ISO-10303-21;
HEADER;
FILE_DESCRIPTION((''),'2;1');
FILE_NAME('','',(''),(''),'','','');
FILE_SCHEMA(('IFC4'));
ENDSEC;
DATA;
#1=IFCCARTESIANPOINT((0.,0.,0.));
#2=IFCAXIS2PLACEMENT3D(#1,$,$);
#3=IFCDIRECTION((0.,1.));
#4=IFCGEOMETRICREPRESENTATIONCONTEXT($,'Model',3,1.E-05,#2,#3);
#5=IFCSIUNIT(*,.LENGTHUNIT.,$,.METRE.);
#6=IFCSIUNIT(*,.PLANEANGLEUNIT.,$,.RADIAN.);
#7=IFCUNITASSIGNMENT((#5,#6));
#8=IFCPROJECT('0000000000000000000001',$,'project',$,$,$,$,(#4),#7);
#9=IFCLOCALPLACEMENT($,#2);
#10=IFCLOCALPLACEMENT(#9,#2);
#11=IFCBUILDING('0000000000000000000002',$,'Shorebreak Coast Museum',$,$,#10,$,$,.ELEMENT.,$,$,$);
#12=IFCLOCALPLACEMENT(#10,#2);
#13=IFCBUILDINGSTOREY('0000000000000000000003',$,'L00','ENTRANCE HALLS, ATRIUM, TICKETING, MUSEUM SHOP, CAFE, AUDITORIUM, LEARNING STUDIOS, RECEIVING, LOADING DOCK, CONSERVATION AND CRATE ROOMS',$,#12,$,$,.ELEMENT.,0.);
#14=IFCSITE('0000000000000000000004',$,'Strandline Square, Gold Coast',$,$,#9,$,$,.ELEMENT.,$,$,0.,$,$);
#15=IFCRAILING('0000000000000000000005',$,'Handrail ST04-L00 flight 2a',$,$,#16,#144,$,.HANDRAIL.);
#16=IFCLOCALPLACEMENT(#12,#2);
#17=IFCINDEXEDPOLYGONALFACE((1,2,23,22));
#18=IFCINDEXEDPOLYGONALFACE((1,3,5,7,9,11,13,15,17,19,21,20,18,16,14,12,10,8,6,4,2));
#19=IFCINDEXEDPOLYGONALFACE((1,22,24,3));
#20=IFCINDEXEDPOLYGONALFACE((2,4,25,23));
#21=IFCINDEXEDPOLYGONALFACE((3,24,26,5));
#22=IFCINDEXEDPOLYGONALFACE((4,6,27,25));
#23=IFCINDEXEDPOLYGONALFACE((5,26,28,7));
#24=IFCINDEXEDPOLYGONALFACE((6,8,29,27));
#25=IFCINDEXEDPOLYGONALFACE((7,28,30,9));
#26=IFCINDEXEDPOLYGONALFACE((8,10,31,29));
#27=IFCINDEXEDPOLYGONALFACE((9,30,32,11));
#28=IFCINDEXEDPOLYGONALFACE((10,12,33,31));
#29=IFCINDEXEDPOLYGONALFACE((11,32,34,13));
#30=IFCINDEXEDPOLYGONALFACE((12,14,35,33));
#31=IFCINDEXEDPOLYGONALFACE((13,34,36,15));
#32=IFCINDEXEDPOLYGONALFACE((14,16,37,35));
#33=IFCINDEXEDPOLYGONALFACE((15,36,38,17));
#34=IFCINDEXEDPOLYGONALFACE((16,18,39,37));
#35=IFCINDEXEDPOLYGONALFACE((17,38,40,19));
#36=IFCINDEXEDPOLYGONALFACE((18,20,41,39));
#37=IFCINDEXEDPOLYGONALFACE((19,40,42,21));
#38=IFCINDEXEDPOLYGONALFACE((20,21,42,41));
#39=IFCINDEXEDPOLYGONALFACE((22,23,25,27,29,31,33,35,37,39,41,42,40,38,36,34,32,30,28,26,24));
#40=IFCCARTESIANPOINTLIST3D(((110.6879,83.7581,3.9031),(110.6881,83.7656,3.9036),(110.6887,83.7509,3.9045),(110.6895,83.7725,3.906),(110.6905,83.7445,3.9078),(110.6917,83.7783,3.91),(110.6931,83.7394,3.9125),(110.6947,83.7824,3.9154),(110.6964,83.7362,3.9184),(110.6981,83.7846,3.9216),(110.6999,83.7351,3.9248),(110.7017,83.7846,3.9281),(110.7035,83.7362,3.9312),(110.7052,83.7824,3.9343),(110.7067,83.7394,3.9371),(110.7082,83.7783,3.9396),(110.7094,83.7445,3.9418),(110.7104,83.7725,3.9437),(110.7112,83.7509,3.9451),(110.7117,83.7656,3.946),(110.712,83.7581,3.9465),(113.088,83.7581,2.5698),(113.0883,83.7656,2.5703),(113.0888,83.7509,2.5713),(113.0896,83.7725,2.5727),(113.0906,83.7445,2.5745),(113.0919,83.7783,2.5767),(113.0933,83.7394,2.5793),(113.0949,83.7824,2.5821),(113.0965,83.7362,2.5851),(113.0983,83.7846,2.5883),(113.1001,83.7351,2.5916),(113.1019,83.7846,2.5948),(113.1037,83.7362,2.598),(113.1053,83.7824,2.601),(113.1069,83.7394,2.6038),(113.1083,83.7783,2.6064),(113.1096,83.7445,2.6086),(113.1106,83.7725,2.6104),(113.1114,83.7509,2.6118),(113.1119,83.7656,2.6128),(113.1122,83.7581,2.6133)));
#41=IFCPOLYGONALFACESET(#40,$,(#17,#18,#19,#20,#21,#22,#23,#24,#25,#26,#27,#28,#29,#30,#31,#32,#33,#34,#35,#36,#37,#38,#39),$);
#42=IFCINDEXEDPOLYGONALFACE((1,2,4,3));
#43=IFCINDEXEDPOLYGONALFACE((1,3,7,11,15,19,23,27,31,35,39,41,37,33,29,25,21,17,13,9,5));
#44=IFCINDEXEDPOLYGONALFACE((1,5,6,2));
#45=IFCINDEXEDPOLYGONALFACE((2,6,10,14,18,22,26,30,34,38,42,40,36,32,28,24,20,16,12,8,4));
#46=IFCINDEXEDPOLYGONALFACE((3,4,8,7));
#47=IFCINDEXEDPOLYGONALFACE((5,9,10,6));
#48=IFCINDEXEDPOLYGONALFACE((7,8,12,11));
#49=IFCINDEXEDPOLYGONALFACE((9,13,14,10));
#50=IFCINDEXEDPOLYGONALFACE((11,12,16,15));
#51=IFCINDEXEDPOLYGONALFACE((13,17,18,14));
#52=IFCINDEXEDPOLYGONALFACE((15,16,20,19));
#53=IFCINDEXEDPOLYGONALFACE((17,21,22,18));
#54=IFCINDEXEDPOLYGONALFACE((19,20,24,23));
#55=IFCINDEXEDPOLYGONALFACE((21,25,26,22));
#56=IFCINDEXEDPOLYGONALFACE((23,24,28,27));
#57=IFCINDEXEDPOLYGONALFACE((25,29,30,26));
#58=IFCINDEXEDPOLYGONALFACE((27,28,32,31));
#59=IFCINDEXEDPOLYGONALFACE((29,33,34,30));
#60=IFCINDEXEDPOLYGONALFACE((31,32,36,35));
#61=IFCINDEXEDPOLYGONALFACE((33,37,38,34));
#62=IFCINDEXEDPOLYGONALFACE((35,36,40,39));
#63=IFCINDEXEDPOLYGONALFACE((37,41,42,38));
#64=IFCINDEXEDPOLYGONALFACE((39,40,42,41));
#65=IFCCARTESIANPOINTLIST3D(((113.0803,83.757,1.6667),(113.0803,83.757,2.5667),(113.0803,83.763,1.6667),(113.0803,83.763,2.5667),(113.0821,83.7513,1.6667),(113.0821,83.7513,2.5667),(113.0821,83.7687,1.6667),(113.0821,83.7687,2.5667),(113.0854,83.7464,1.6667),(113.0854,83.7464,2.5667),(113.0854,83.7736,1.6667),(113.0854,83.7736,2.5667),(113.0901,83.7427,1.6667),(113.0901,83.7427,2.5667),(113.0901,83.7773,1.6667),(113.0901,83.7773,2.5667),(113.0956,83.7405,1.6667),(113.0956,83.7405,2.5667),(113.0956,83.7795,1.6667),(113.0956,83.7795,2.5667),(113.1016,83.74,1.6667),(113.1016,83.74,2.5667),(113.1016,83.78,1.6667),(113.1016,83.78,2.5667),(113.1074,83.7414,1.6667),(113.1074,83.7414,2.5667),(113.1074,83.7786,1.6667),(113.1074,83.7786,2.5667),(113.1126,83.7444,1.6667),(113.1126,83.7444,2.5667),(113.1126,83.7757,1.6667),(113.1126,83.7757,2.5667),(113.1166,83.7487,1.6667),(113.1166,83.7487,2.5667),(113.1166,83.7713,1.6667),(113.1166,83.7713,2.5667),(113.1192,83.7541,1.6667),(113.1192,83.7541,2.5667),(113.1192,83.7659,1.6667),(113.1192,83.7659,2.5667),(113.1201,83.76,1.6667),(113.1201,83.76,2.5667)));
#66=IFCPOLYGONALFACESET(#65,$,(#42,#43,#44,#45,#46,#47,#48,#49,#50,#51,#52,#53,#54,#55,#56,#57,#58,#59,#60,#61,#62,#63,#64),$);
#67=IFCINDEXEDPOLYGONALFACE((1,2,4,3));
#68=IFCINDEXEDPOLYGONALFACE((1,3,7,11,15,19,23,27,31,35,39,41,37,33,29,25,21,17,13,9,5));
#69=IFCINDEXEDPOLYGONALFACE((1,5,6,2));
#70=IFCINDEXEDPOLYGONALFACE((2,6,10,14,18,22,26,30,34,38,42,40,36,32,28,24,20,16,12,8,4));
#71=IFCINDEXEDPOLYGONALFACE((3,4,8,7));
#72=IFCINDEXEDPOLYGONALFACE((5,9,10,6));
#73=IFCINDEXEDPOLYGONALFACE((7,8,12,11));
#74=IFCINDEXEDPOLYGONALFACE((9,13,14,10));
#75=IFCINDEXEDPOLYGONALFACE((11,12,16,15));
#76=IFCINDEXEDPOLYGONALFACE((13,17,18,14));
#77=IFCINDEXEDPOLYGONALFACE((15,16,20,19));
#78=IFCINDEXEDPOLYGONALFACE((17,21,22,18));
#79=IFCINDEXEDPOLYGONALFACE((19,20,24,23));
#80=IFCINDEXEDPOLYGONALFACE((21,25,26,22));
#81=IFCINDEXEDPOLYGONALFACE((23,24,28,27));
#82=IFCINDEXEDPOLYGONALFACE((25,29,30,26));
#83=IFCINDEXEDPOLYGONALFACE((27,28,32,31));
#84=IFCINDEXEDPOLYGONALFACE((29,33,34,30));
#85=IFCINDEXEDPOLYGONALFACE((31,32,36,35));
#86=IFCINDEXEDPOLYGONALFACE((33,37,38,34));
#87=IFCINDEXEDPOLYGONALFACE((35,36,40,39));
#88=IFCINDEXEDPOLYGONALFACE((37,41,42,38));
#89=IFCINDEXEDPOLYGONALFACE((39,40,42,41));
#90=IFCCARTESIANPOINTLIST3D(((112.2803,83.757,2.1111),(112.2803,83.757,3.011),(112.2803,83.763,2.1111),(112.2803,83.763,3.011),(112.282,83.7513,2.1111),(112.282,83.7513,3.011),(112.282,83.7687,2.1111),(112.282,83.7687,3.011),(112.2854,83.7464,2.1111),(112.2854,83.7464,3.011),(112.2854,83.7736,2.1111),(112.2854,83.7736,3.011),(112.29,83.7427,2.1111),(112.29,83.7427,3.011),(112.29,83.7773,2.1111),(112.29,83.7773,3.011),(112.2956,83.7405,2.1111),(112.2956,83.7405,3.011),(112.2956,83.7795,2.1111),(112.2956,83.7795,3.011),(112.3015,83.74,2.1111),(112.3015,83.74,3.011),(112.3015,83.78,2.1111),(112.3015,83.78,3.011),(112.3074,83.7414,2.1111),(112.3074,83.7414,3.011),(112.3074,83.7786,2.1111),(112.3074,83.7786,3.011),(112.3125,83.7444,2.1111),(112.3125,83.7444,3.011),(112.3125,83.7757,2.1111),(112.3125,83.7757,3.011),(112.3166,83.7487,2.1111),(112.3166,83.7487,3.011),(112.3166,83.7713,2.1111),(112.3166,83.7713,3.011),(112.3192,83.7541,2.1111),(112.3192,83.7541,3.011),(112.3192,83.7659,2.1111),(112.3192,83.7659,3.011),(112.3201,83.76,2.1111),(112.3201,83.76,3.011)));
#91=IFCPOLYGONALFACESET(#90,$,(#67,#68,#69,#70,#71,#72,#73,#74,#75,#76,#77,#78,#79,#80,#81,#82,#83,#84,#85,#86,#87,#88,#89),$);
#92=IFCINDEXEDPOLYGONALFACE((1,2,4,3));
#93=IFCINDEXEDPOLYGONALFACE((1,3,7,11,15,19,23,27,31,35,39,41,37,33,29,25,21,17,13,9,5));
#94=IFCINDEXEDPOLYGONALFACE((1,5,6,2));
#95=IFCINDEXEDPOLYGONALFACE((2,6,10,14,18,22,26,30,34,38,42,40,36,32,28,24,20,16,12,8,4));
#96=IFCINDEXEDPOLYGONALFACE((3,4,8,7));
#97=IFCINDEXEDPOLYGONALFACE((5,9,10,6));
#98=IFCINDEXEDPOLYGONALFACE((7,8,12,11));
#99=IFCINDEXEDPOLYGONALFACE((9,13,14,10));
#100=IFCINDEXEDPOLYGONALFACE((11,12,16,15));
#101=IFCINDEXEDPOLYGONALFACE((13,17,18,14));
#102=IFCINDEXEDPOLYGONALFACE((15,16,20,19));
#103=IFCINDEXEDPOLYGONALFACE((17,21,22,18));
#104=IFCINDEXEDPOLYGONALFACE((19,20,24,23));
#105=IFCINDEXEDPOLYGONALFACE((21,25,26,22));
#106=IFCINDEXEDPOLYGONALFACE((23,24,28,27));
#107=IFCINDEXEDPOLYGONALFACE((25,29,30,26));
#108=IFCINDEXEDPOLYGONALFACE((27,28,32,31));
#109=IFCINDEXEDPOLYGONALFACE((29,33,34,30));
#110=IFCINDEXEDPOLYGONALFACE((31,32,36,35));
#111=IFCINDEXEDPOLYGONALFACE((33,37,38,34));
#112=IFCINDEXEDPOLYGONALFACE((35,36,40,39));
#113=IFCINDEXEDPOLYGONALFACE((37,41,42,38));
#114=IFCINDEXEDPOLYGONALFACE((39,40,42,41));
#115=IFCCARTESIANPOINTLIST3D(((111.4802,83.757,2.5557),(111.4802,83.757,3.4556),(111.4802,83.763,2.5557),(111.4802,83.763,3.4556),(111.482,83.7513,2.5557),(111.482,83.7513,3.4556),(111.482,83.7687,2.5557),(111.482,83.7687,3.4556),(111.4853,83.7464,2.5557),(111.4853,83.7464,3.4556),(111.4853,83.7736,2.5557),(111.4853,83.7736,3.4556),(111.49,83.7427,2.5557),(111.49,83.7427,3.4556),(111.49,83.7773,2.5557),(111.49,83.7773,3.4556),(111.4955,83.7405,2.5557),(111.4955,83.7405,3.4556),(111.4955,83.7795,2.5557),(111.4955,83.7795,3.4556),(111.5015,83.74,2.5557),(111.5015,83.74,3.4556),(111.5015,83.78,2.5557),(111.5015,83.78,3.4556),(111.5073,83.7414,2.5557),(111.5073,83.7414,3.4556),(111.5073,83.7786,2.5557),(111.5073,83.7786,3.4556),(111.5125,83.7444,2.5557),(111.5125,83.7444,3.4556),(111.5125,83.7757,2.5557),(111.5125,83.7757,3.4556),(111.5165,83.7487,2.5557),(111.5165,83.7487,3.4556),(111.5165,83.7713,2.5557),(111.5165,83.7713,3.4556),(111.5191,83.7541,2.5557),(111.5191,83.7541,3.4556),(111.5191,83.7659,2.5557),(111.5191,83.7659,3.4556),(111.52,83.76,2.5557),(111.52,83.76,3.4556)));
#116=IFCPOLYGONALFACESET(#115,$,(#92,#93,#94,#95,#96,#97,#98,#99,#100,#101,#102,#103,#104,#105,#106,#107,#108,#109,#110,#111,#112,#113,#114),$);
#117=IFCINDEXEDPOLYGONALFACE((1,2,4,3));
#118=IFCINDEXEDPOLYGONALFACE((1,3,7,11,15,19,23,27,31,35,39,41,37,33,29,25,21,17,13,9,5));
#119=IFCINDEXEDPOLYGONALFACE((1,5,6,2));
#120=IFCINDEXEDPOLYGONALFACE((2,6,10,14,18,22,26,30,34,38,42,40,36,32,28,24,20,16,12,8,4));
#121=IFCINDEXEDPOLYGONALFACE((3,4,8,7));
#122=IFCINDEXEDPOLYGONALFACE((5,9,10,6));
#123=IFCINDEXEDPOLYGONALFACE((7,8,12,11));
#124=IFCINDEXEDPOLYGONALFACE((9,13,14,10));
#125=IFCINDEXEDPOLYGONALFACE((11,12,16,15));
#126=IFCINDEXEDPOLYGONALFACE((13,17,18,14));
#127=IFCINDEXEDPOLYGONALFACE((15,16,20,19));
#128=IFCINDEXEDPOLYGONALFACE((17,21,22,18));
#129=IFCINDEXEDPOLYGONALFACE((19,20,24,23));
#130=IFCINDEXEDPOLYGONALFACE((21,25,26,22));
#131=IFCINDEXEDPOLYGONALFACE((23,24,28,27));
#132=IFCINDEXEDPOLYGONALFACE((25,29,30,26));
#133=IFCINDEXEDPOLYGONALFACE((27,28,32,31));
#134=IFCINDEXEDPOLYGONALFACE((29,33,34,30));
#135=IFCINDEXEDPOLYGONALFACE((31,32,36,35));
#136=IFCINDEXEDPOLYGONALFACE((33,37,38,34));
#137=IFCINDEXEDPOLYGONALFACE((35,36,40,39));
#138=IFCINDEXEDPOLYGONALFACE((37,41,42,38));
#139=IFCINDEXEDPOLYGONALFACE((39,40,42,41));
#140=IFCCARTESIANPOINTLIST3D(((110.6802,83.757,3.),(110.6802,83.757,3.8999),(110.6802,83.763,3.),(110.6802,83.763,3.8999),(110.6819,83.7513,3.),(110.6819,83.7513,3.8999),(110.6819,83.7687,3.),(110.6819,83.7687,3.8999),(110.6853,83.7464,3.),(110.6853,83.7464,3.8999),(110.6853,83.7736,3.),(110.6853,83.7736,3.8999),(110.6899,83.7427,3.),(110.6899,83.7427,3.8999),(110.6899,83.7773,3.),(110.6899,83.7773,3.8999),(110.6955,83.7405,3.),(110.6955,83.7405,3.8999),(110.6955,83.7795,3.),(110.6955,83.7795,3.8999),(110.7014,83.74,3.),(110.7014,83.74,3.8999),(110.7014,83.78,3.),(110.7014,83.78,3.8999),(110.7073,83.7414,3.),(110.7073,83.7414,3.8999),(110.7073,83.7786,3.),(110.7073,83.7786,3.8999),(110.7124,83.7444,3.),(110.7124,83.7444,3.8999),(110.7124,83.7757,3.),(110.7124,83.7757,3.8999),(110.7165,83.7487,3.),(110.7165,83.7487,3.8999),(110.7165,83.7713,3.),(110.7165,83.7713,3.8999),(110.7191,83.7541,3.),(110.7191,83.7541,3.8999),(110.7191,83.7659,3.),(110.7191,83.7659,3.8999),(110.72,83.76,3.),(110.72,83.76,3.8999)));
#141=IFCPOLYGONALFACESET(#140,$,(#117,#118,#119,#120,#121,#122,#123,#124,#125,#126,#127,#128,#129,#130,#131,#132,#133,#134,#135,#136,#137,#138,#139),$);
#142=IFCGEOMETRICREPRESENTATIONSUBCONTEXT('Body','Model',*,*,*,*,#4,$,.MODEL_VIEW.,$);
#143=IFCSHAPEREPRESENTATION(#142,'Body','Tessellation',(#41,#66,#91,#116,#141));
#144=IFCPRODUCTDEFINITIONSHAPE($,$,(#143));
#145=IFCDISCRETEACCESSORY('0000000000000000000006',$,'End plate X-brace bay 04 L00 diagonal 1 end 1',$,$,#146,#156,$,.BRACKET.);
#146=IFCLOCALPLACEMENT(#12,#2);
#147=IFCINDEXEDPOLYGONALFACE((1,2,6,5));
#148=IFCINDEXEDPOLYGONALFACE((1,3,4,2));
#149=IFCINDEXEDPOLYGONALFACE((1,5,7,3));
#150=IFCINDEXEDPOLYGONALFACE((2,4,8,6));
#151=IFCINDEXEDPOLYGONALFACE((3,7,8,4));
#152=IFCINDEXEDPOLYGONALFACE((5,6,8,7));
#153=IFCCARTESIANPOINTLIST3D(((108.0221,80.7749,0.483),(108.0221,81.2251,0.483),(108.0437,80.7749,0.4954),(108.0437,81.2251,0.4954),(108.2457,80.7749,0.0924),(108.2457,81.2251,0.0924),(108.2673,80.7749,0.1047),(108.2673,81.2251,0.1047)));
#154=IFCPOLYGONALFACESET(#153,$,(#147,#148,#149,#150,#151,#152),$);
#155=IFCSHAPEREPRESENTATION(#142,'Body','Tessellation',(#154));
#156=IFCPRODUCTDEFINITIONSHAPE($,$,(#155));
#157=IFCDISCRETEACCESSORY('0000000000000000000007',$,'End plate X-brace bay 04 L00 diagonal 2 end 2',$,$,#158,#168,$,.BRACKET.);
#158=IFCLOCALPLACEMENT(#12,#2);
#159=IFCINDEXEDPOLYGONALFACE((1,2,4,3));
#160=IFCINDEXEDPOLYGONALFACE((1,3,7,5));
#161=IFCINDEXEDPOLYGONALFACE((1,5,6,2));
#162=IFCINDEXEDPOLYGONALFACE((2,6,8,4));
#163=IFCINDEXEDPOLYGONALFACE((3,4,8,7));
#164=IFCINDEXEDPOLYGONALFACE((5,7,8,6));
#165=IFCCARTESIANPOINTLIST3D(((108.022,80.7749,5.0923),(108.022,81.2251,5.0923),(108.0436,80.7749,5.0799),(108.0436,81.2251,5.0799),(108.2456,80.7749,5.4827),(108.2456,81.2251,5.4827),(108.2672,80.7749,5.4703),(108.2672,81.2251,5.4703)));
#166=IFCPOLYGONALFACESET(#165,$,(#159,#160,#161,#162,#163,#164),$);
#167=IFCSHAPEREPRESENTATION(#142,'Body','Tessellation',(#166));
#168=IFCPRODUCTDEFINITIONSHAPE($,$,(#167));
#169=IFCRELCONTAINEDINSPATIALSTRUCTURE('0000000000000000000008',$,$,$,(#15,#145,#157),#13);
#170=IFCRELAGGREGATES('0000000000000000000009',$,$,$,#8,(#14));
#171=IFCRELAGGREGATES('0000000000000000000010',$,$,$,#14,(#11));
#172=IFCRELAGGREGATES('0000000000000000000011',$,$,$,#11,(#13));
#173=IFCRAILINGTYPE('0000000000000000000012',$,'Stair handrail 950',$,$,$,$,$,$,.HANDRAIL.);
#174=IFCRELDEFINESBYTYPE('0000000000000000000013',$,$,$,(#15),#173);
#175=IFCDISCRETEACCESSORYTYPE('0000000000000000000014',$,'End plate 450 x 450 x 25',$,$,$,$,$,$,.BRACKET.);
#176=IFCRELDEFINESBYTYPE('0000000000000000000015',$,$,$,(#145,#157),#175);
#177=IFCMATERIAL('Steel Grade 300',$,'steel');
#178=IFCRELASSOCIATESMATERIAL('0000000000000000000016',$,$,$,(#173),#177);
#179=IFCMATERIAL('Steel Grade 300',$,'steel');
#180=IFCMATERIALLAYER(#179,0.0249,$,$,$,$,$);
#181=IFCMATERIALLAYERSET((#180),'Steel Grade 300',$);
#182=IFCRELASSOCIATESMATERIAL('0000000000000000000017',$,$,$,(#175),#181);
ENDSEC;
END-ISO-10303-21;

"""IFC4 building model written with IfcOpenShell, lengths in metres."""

from ifc_helpers import new_model, si_unit, direction, frame, origin, origin_2d, place, context, subcontext, project, spatial, polyline, circle, outline, extrude, material, layer, layer_set, type_object, element, save


model = new_model("IFC4")

# Units and contexts
model_context = context("Model", 3, precision=1e-05, world=origin(), true_north=direction((0.0, 1.0)))
body_context = subcontext(model_context, "Body", "Model", "MODEL_VIEW")
ifc_project = project(units=[si_unit("LENGTHUNIT", "METRE"), si_unit("PLANEANGLEUNIT", "RADIAN")], contexts=[model_context])

# Site, building, storey
site_placement = place(None, origin())
site = spatial("IfcSite", under=ifc_project, at=site_placement, Name="Strandline Square, Gold Coast", CompositionType="ELEMENT", RefElevation=0.0)
building_placement = place(site_placement, origin())
building = spatial("IfcBuilding", under=site, at=building_placement, Name="Shorebreak Coast Museum", CompositionType="ELEMENT")
storey_placement = place(building_placement, origin())
storey = spatial("IfcBuildingStorey", under=building, at=storey_placement, Name="L00", Description="ENTRANCE HALLS, ATRIUM, TICKETING, MUSEUM SHOP, CAFE, AUDITORIUM, LEARNING STUDIOS, RECEIVING, LOADING DOCK, CONSERVATION AND CRATE ROOMS", CompositionType="ELEMENT", Elevation=0.0)

# Railing
ifc_material_1 = material(Name="Steel Grade 300", Category="steel")
railing_type_1 = type_object("IfcRailingType", Name="Stair handrail 950", PredefinedType="HANDRAIL", material=ifc_material_1)
railing_1_placement = place(storey_placement, frame((113.1001, 83.76, 1.6667)))
element("IfcRailing", 1, at=railing_1_placement, inside=storey, type_object=railing_type_1, Name="Handrail ST04-L00 flight 2a", PredefinedType="HANDRAIL", context=body_context, shape_type="SweptSolid", body=[
    extrude(circle(Radius=0.0249, at=origin_2d()), frame((0.0, 0.0, 0.9248), z_axis=(-0.874182, 0.0, 0.485598), x_axis=(0.0, -1.0, 0.0)), (0.0, 0.0, 1.0), 2.7456),
    extrude(circle(Radius=0.02, at=origin_2d()), origin(), (0.0, 0.0, 1.0), 0.8999),
    extrude(circle(Radius=0.02, at=origin_2d()), frame((-0.8, 0.0, 0.4443)), (0.0, 0.0, 1.0), 0.8999),
    extrude(circle(Radius=0.02, at=origin_2d()), frame((-1.6001, 0.0, 0.8889)), (0.0, 0.0, 1.0), 0.8999),
    extrude(circle(Radius=0.02, at=origin_2d()), frame((-2.4001, 0.0, 1.3333)), (0.0, 0.0, 1.0), 0.8999),
])

# Discrete accessories
ifc_material_2 = material(Name="Steel Grade 300", Category="steel")
ifc_layer_1 = layer(ifc_material_2, 0.0249)
ifc_layer_set_1 = layer_set([ifc_layer_1], Name="Steel Grade 300")
discrete_accessory_type = type_object("IfcDiscreteAccessoryType", Name="End plate 450 x 450 x 25", PredefinedType="BRACKET", material=ifc_layer_set_1)
discrete_accessory_1_placement = place(storey_placement, frame((108.2673, 80.7749, 0.1047), z_axis=(0.867842, 0.0, 0.49684), x_axis=(0.0, 1.0, 0.0)))
element("IfcDiscreteAccessory", 2, at=discrete_accessory_1_placement, inside=storey, type_object=discrete_accessory_type, Name="End plate X-brace bay 04 L00 diagonal 1 end 1", PredefinedType="BRACKET", context=body_context, shape_type="SweptSolid", body=[
    extrude(outline(polyline([(0.0, 0.0), (0.4502, 0.0), (0.4502, 0.4501), (0.0, 0.4501), (0.0, 0.0)])), origin(), (0.0, 0.0, -1.0), 0.0249),
])
discrete_accessory_2_placement = place(storey_placement, frame((108.022, 81.2251, 5.0923), z_axis=(-0.867708, 0.0, 0.497074), x_axis=(0.0, -1.0, 0.0)))
element("IfcDiscreteAccessory", 3, at=discrete_accessory_2_placement, inside=storey, type_object=discrete_accessory_type, Name="End plate X-brace bay 04 L00 diagonal 2 end 2", PredefinedType="BRACKET", context=body_context, shape_type="SweptSolid", body=[
    extrude(outline(polyline([(0.0, 0.0), (0.4502, 0.0), (0.4502, 0.4499), (0.0, 0.4499), (0.0, 0.0)])), origin(), (0.0, 0.0, -1.0), 0.0249),
])

save(model, "model.ifc")
